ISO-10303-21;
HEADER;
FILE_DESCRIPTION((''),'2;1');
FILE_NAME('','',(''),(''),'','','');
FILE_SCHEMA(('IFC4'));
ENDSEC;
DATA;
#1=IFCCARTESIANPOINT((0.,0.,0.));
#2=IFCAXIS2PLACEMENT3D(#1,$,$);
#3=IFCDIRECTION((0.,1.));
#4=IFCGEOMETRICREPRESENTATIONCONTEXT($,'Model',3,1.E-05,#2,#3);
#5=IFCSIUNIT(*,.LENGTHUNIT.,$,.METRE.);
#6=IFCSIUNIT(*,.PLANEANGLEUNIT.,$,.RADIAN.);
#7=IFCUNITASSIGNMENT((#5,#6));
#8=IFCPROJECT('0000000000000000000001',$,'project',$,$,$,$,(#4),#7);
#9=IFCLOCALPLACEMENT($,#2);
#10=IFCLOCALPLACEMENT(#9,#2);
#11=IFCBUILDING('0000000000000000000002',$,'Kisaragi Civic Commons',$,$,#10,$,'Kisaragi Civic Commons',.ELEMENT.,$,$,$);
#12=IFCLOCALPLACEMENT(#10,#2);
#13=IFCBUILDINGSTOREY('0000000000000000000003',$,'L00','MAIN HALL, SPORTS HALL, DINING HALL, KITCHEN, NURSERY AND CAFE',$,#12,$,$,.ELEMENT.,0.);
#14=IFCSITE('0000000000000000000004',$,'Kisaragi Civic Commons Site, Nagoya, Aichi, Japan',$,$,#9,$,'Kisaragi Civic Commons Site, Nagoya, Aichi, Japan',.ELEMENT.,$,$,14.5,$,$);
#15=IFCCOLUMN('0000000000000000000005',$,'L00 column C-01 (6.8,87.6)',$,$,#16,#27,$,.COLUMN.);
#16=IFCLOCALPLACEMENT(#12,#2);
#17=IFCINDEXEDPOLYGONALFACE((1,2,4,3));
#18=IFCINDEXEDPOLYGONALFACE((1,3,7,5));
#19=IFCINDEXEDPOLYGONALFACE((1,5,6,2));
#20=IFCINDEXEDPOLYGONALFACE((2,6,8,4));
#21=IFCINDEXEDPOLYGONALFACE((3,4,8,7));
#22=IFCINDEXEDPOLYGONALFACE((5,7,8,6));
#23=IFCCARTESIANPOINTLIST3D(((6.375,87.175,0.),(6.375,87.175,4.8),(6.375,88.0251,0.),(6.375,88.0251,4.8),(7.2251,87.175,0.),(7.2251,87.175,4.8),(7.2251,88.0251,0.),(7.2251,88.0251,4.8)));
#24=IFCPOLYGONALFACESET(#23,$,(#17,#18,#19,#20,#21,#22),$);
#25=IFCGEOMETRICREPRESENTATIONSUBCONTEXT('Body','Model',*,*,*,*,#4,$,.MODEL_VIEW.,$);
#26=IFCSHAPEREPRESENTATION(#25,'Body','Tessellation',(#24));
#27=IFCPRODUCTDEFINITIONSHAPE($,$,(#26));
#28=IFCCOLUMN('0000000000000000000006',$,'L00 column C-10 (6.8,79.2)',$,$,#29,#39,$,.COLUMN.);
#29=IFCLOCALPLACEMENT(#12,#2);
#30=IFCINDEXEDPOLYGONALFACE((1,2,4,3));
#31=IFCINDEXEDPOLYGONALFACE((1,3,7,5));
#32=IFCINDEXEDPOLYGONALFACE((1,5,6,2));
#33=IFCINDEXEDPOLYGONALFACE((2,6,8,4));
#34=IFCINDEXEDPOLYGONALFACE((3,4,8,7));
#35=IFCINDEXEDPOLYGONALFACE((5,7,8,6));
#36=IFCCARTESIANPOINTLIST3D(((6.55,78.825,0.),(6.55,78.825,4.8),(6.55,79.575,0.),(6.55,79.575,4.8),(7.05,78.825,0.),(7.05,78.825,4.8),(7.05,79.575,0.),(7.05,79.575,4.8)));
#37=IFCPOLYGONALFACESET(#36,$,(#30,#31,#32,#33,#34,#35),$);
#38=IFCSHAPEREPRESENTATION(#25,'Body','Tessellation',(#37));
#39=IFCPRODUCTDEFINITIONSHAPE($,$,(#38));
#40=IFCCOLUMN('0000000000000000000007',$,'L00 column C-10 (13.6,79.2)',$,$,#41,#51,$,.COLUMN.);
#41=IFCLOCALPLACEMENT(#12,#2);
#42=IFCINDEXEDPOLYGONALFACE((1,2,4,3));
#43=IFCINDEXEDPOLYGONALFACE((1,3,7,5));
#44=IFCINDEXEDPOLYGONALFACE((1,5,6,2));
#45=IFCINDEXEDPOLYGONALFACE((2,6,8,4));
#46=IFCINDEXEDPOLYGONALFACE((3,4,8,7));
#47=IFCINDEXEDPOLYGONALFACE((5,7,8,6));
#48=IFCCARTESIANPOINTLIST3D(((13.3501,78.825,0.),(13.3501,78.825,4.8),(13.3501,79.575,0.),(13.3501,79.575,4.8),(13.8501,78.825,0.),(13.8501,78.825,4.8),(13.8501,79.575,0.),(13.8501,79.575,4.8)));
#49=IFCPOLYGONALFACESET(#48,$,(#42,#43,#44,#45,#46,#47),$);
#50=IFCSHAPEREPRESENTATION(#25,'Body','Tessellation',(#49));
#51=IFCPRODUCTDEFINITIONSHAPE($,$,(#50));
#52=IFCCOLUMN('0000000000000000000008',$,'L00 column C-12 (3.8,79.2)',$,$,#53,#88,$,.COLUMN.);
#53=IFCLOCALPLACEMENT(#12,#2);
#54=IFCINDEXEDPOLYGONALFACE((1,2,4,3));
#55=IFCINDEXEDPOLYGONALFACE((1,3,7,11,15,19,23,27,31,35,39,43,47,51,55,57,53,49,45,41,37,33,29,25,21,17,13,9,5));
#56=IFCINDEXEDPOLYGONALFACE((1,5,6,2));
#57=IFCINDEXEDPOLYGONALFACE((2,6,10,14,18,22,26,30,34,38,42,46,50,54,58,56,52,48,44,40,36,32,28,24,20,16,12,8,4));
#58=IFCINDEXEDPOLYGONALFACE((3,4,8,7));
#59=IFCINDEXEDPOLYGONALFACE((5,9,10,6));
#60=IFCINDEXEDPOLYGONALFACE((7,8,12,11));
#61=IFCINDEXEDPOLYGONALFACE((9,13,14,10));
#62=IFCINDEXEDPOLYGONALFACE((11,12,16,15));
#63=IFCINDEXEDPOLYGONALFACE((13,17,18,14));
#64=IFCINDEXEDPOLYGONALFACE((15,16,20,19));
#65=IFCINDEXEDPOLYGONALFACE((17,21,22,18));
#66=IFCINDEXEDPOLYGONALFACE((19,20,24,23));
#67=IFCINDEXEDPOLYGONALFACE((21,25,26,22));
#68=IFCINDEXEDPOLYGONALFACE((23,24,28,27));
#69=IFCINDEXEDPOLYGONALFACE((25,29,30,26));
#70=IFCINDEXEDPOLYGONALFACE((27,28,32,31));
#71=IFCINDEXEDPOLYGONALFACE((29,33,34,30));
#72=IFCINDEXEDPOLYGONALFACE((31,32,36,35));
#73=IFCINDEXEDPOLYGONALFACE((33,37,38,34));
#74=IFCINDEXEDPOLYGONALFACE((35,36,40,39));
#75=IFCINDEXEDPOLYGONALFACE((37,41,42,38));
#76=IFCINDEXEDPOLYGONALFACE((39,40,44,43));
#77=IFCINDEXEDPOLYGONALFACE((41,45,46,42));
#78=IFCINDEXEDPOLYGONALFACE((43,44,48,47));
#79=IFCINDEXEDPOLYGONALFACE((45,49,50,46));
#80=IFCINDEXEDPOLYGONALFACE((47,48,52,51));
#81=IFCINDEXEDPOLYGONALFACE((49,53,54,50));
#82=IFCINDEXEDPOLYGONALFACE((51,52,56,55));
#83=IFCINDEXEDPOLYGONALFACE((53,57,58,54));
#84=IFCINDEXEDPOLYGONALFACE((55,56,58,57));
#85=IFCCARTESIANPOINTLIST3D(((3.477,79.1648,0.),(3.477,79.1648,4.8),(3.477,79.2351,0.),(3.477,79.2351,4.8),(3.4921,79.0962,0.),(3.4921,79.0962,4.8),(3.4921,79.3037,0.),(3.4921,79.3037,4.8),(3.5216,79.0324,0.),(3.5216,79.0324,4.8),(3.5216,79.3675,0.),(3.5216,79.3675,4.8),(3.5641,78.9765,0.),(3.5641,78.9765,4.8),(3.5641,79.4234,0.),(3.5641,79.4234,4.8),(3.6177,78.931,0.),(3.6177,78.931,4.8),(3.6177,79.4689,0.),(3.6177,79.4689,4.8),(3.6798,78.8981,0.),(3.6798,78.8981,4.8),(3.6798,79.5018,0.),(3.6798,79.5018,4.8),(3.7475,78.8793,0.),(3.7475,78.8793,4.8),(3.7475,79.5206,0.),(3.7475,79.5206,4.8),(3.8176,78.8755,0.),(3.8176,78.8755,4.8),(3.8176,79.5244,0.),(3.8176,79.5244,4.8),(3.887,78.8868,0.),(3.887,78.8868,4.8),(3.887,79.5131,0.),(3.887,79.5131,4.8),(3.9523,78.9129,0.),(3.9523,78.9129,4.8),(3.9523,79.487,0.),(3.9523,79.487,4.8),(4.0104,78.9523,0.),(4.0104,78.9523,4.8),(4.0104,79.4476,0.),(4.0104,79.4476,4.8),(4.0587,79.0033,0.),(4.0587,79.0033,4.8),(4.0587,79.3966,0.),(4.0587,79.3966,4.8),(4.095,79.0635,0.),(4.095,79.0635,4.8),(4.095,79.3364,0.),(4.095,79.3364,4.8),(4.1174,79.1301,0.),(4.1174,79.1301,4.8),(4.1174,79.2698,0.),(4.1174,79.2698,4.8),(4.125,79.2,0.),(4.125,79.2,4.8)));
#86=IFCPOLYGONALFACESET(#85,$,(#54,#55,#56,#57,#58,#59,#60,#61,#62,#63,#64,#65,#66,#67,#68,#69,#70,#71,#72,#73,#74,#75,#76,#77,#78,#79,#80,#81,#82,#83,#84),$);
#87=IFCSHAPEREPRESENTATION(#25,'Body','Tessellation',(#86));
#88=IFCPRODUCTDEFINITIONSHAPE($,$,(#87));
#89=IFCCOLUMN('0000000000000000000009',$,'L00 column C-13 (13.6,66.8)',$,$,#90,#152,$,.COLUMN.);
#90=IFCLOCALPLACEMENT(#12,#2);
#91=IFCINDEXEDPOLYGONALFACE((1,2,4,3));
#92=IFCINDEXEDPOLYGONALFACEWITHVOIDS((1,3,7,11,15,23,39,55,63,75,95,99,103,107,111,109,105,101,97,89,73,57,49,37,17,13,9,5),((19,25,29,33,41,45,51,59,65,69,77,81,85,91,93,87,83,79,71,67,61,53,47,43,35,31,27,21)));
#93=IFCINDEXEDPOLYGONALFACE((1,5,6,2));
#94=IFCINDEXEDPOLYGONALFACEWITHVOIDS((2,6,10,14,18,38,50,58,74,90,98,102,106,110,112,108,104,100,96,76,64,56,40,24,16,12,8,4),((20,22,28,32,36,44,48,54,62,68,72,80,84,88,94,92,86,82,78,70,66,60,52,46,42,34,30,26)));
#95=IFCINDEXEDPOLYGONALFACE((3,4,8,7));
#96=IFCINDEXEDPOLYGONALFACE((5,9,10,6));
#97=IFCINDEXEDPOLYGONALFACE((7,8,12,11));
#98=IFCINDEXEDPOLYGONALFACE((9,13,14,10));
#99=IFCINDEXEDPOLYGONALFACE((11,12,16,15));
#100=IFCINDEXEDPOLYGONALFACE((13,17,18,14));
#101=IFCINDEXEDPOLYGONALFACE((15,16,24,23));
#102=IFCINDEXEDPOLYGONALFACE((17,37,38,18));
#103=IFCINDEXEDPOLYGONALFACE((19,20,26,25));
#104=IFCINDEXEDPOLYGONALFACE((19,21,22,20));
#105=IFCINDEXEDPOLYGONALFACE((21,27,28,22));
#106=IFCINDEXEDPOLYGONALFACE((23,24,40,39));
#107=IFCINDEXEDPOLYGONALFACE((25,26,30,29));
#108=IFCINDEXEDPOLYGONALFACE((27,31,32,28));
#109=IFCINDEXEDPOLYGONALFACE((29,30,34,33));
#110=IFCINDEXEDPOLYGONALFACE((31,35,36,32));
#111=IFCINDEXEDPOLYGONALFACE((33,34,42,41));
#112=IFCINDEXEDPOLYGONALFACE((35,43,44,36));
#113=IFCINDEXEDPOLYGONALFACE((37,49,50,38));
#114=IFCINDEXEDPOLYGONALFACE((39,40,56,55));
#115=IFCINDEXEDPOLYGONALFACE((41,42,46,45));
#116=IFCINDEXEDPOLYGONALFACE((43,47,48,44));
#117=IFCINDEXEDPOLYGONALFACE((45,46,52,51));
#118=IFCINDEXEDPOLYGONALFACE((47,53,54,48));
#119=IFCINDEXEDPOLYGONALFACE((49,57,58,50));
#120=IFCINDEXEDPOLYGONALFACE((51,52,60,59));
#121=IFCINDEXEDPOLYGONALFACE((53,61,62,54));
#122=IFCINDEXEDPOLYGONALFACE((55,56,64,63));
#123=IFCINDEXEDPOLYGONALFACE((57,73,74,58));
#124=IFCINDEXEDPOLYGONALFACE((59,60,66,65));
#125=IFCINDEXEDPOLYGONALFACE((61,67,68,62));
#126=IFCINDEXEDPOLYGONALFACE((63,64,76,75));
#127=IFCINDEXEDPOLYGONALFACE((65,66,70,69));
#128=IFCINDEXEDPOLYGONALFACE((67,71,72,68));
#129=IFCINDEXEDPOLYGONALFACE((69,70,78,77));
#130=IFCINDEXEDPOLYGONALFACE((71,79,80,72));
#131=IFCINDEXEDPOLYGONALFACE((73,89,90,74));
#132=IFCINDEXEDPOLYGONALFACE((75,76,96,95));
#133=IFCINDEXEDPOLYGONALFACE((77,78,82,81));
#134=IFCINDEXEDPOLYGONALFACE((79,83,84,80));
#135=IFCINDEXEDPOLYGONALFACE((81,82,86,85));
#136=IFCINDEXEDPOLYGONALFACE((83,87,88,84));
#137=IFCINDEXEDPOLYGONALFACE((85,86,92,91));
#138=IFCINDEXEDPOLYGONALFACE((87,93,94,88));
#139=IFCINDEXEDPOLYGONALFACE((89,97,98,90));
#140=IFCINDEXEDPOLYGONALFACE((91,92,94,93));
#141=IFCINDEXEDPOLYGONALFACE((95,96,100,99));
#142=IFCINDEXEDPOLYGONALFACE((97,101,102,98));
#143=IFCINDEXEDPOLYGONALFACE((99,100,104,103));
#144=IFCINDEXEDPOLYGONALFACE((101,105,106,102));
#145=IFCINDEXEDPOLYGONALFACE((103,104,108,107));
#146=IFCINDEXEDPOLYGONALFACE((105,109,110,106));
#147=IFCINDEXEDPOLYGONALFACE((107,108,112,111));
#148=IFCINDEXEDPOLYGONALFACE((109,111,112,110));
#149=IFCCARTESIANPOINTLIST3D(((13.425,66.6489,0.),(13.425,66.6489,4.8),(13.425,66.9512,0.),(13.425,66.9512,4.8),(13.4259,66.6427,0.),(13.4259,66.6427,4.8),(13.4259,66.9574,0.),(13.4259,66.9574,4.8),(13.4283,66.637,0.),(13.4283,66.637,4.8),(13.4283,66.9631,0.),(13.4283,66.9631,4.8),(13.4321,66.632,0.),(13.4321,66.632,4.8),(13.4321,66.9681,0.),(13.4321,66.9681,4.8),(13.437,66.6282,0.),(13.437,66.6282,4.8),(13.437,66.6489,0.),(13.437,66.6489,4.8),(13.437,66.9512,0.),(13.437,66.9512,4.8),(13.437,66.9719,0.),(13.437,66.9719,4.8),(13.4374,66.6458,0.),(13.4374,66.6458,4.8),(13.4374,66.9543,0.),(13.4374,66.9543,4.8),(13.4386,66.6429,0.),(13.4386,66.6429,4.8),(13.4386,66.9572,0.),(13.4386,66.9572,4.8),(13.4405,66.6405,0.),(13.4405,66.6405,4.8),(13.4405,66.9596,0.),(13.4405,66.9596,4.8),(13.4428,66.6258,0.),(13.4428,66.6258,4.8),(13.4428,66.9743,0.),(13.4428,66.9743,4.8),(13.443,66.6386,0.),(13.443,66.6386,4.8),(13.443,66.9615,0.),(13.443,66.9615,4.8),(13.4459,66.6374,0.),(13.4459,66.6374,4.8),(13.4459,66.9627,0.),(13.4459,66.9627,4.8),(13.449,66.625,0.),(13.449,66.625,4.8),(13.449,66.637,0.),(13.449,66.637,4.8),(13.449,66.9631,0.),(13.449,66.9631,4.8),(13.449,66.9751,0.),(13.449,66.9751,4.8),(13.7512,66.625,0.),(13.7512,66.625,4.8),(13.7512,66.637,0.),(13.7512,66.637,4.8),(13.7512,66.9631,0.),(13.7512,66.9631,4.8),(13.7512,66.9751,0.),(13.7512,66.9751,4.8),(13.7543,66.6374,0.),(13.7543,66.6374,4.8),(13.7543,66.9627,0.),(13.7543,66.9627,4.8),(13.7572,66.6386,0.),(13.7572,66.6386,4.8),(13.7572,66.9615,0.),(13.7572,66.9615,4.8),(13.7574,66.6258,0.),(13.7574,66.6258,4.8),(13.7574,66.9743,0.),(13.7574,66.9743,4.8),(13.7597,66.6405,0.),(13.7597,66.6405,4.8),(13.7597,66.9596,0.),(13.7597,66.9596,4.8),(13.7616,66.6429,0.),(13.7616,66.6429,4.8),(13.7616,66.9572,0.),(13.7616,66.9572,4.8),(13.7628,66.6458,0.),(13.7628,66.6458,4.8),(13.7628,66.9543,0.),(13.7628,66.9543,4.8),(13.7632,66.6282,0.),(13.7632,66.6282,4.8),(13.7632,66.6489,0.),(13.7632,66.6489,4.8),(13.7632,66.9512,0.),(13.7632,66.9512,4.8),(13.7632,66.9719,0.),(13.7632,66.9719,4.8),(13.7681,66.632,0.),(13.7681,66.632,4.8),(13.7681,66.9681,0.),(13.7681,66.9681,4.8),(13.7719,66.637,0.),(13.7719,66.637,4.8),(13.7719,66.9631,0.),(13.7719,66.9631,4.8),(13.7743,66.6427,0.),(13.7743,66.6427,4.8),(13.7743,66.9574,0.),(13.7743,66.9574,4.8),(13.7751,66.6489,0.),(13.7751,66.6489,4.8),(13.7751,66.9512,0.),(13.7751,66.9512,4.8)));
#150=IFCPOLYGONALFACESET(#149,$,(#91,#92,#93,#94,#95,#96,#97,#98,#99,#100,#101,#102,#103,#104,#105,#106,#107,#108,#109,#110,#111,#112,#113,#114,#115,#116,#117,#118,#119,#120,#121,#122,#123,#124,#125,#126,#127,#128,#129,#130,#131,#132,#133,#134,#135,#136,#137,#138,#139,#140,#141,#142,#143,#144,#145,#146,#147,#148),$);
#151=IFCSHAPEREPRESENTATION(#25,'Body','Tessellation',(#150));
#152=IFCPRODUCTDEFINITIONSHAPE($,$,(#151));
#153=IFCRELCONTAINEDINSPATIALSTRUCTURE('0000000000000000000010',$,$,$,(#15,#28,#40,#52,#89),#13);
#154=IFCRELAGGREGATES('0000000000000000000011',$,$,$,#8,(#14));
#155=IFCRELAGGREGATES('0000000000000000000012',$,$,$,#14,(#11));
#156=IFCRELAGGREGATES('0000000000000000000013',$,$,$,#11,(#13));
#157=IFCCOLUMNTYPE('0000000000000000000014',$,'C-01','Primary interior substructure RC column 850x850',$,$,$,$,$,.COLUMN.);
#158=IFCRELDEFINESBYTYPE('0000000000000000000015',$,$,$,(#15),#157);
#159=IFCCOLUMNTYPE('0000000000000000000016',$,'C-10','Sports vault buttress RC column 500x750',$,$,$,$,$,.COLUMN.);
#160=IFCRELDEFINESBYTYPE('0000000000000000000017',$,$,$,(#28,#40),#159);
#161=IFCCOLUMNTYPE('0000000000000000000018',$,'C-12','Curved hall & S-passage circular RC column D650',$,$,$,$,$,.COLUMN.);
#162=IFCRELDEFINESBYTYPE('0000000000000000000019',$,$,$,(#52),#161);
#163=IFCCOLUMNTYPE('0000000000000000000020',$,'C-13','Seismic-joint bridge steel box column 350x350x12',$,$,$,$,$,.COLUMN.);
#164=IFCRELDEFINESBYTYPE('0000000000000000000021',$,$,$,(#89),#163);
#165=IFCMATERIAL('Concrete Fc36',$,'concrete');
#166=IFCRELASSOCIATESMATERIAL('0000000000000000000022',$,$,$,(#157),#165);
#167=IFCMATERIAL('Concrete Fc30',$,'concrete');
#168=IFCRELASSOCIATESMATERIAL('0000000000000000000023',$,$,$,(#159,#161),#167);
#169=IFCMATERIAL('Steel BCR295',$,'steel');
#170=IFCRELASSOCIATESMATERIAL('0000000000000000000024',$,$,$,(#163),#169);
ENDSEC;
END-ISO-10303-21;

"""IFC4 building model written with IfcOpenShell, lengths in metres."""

from ifc_helpers import new_model, si_unit, direction, frame, origin, origin_2d, place, context, subcontext, project, spatial, rectangle, hollow_rectangle, circle, extrude, material, material_profile, profile_set, type_object, element, save


model = new_model("IFC4")

# Units and contexts
model_context = context("Model", 3, precision=1e-05, world=origin(), true_north=direction((0.0, 1.0)))
body_context = subcontext(model_context, "Body", "Model", "MODEL_VIEW")
ifc_project = project(units=[si_unit("LENGTHUNIT", "METRE"), si_unit("PLANEANGLEUNIT", "RADIAN")], contexts=[model_context])

# Site, building, storey
site_placement = place(None, origin())
site = spatial("IfcSite", under=ifc_project, at=site_placement, Name="Kisaragi Civic Commons Site, Nagoya, Aichi, Japan", LongName="Kisaragi Civic Commons Site, Nagoya, Aichi, Japan", CompositionType="ELEMENT", RefElevation=14.5)
building_placement = place(site_placement, origin())
building = spatial("IfcBuilding", under=site, at=building_placement, Name="Kisaragi Civic Commons", LongName="Kisaragi Civic Commons", CompositionType="ELEMENT")
storey_placement = place(building_placement, origin())
storey = spatial("IfcBuildingStorey", under=building, at=storey_placement, Name="L00", Description="MAIN HALL, SPORTS HALL, DINING HALL, KITCHEN, NURSERY AND CAFE", CompositionType="ELEMENT", Elevation=0.0)

# Columns
ifc_material_1 = material(Name="Concrete Fc36", Category="concrete")
ifc_material_profile_1 = material_profile(ifc_material_1, rectangle(XDim=0.8501, YDim=0.8501, at=origin_2d()), Name="RC-850x850", Category="concrete")
ifc_profile_set_1 = profile_set([ifc_material_profile_1], Name="Concrete Fc36")
column_type_1 = type_object("IfcColumnType", Name="C-01", Description="Primary interior substructure RC column 850x850", PredefinedType="COLUMN", material=ifc_profile_set_1)
column_1_placement = place(storey_placement, frame((6.8, 87.6001, 0.0), z_axis=(0.0, 0.0, 1.0), x_axis=(1.0, 0.0, 0.0)))
element("IfcColumn", 1, at=column_1_placement, inside=storey, type_object=column_type_1, Name="L00 column C-01 (6.8,87.6)", PredefinedType="COLUMN", context=body_context, shape_type="SweptSolid", body=[
    extrude(rectangle(XDim=0.8501, YDim=0.8501, at=origin_2d()), origin(), (0.0, 0.0, 1.0), 4.8),
])
ifc_material_2 = material(Name="Concrete Fc30", Category="concrete")
ifc_material_profile_2 = material_profile(ifc_material_2, rectangle(XDim=0.5, YDim=0.75, at=origin_2d()), Name="RC-500x750", Category="concrete")
ifc_profile_set_2 = profile_set([ifc_material_profile_2], Name="Concrete Fc30")
column_type_2 = type_object("IfcColumnType", Name="C-10", Description="Sports vault buttress RC column 500x750", PredefinedType="COLUMN", material=ifc_profile_set_2)
for number, where, z_axis, x_axis, name in (
    (2, (6.8, 79.2, 0.0), (0.0, 0.0, 1.0), (1.0, 0.0, 0.0), "L00 column C-10 (6.8,79.2)"),
    (3, (13.6001, 79.2, 0.0), (0.0, 0.0, 1.0), (1.0, 0.0, 0.0), "L00 column C-10 (13.6,79.2)"),
):
    element("IfcColumn", number, at=place(storey_placement, frame(where, z_axis=z_axis, x_axis=x_axis)), inside=storey, type_object=column_type_2, Name=name, PredefinedType="COLUMN", context=body_context, shape_type="SweptSolid", body=[
        extrude(rectangle(XDim=0.5, YDim=0.75, at=origin_2d()), origin(), (0.0, 0.0, 1.0), 4.8),
    ])
ifc_material_profile_3 = material_profile(ifc_material_2, circle(Radius=0.325, at=origin_2d()), Name="RC-D650", Category="concrete")
ifc_profile_set_3 = profile_set([ifc_material_profile_3], Name="Concrete Fc30")
column_type_3 = type_object("IfcColumnType", Name="C-12", Description="Curved hall & S-passage circular RC column D650", PredefinedType="COLUMN", material=ifc_profile_set_3)
column_2_placement = place(storey_placement, frame((3.8, 79.2, 0.0), z_axis=(0.0, 0.0, 1.0), x_axis=(1.0, 0.0, 0.0)))
element("IfcColumn", 4, at=column_2_placement, inside=storey, type_object=column_type_3, Name="L00 column C-12 (3.8,79.2)", PredefinedType="COLUMN", context=body_context, shape_type="SweptSolid", body=[
    extrude(circle(Radius=0.325, at=origin_2d()), origin(), (0.0, 0.0, 1.0), 4.8),
])
ifc_material_3 = material(Name="Steel BCR295", Category="steel")
ifc_material_profile_4 = material_profile(ifc_material_3, hollow_rectangle(XDim=0.3501, YDim=0.3501, WallThickness=0.012, InnerFilletRadius=0.012, OuterFilletRadius=0.0239, at=origin_2d()), Name="BCR-350x350x12", Category="steel")
ifc_profile_set_4 = profile_set([ifc_material_profile_4], Name="Steel BCR295")
column_type_4 = type_object("IfcColumnType", Name="C-13", Description="Seismic-joint bridge steel box column 350x350x12", PredefinedType="COLUMN", material=ifc_profile_set_4)
for number, where, z_axis, x_axis, name in (
    (5, (13.6001, 66.8, 0.0), (0.0, 0.0, 1.0), (1.0, 0.0, 0.0), "L00 column C-13 (13.6,66.8)"),
):
    element("IfcColumn", number, at=place(storey_placement, frame(where, z_axis=z_axis, x_axis=x_axis)), inside=storey, type_object=column_type_4, Name=name, PredefinedType="COLUMN", context=body_context, shape_type="SweptSolid", body=[
        extrude(hollow_rectangle(XDim=0.3501, YDim=0.3501, WallThickness=0.012, InnerFilletRadius=0.012, OuterFilletRadius=0.0239, at=origin_2d()), origin(), (0.0, 0.0, 1.0), 4.8),
    ])

save(model, "model.ifc")
